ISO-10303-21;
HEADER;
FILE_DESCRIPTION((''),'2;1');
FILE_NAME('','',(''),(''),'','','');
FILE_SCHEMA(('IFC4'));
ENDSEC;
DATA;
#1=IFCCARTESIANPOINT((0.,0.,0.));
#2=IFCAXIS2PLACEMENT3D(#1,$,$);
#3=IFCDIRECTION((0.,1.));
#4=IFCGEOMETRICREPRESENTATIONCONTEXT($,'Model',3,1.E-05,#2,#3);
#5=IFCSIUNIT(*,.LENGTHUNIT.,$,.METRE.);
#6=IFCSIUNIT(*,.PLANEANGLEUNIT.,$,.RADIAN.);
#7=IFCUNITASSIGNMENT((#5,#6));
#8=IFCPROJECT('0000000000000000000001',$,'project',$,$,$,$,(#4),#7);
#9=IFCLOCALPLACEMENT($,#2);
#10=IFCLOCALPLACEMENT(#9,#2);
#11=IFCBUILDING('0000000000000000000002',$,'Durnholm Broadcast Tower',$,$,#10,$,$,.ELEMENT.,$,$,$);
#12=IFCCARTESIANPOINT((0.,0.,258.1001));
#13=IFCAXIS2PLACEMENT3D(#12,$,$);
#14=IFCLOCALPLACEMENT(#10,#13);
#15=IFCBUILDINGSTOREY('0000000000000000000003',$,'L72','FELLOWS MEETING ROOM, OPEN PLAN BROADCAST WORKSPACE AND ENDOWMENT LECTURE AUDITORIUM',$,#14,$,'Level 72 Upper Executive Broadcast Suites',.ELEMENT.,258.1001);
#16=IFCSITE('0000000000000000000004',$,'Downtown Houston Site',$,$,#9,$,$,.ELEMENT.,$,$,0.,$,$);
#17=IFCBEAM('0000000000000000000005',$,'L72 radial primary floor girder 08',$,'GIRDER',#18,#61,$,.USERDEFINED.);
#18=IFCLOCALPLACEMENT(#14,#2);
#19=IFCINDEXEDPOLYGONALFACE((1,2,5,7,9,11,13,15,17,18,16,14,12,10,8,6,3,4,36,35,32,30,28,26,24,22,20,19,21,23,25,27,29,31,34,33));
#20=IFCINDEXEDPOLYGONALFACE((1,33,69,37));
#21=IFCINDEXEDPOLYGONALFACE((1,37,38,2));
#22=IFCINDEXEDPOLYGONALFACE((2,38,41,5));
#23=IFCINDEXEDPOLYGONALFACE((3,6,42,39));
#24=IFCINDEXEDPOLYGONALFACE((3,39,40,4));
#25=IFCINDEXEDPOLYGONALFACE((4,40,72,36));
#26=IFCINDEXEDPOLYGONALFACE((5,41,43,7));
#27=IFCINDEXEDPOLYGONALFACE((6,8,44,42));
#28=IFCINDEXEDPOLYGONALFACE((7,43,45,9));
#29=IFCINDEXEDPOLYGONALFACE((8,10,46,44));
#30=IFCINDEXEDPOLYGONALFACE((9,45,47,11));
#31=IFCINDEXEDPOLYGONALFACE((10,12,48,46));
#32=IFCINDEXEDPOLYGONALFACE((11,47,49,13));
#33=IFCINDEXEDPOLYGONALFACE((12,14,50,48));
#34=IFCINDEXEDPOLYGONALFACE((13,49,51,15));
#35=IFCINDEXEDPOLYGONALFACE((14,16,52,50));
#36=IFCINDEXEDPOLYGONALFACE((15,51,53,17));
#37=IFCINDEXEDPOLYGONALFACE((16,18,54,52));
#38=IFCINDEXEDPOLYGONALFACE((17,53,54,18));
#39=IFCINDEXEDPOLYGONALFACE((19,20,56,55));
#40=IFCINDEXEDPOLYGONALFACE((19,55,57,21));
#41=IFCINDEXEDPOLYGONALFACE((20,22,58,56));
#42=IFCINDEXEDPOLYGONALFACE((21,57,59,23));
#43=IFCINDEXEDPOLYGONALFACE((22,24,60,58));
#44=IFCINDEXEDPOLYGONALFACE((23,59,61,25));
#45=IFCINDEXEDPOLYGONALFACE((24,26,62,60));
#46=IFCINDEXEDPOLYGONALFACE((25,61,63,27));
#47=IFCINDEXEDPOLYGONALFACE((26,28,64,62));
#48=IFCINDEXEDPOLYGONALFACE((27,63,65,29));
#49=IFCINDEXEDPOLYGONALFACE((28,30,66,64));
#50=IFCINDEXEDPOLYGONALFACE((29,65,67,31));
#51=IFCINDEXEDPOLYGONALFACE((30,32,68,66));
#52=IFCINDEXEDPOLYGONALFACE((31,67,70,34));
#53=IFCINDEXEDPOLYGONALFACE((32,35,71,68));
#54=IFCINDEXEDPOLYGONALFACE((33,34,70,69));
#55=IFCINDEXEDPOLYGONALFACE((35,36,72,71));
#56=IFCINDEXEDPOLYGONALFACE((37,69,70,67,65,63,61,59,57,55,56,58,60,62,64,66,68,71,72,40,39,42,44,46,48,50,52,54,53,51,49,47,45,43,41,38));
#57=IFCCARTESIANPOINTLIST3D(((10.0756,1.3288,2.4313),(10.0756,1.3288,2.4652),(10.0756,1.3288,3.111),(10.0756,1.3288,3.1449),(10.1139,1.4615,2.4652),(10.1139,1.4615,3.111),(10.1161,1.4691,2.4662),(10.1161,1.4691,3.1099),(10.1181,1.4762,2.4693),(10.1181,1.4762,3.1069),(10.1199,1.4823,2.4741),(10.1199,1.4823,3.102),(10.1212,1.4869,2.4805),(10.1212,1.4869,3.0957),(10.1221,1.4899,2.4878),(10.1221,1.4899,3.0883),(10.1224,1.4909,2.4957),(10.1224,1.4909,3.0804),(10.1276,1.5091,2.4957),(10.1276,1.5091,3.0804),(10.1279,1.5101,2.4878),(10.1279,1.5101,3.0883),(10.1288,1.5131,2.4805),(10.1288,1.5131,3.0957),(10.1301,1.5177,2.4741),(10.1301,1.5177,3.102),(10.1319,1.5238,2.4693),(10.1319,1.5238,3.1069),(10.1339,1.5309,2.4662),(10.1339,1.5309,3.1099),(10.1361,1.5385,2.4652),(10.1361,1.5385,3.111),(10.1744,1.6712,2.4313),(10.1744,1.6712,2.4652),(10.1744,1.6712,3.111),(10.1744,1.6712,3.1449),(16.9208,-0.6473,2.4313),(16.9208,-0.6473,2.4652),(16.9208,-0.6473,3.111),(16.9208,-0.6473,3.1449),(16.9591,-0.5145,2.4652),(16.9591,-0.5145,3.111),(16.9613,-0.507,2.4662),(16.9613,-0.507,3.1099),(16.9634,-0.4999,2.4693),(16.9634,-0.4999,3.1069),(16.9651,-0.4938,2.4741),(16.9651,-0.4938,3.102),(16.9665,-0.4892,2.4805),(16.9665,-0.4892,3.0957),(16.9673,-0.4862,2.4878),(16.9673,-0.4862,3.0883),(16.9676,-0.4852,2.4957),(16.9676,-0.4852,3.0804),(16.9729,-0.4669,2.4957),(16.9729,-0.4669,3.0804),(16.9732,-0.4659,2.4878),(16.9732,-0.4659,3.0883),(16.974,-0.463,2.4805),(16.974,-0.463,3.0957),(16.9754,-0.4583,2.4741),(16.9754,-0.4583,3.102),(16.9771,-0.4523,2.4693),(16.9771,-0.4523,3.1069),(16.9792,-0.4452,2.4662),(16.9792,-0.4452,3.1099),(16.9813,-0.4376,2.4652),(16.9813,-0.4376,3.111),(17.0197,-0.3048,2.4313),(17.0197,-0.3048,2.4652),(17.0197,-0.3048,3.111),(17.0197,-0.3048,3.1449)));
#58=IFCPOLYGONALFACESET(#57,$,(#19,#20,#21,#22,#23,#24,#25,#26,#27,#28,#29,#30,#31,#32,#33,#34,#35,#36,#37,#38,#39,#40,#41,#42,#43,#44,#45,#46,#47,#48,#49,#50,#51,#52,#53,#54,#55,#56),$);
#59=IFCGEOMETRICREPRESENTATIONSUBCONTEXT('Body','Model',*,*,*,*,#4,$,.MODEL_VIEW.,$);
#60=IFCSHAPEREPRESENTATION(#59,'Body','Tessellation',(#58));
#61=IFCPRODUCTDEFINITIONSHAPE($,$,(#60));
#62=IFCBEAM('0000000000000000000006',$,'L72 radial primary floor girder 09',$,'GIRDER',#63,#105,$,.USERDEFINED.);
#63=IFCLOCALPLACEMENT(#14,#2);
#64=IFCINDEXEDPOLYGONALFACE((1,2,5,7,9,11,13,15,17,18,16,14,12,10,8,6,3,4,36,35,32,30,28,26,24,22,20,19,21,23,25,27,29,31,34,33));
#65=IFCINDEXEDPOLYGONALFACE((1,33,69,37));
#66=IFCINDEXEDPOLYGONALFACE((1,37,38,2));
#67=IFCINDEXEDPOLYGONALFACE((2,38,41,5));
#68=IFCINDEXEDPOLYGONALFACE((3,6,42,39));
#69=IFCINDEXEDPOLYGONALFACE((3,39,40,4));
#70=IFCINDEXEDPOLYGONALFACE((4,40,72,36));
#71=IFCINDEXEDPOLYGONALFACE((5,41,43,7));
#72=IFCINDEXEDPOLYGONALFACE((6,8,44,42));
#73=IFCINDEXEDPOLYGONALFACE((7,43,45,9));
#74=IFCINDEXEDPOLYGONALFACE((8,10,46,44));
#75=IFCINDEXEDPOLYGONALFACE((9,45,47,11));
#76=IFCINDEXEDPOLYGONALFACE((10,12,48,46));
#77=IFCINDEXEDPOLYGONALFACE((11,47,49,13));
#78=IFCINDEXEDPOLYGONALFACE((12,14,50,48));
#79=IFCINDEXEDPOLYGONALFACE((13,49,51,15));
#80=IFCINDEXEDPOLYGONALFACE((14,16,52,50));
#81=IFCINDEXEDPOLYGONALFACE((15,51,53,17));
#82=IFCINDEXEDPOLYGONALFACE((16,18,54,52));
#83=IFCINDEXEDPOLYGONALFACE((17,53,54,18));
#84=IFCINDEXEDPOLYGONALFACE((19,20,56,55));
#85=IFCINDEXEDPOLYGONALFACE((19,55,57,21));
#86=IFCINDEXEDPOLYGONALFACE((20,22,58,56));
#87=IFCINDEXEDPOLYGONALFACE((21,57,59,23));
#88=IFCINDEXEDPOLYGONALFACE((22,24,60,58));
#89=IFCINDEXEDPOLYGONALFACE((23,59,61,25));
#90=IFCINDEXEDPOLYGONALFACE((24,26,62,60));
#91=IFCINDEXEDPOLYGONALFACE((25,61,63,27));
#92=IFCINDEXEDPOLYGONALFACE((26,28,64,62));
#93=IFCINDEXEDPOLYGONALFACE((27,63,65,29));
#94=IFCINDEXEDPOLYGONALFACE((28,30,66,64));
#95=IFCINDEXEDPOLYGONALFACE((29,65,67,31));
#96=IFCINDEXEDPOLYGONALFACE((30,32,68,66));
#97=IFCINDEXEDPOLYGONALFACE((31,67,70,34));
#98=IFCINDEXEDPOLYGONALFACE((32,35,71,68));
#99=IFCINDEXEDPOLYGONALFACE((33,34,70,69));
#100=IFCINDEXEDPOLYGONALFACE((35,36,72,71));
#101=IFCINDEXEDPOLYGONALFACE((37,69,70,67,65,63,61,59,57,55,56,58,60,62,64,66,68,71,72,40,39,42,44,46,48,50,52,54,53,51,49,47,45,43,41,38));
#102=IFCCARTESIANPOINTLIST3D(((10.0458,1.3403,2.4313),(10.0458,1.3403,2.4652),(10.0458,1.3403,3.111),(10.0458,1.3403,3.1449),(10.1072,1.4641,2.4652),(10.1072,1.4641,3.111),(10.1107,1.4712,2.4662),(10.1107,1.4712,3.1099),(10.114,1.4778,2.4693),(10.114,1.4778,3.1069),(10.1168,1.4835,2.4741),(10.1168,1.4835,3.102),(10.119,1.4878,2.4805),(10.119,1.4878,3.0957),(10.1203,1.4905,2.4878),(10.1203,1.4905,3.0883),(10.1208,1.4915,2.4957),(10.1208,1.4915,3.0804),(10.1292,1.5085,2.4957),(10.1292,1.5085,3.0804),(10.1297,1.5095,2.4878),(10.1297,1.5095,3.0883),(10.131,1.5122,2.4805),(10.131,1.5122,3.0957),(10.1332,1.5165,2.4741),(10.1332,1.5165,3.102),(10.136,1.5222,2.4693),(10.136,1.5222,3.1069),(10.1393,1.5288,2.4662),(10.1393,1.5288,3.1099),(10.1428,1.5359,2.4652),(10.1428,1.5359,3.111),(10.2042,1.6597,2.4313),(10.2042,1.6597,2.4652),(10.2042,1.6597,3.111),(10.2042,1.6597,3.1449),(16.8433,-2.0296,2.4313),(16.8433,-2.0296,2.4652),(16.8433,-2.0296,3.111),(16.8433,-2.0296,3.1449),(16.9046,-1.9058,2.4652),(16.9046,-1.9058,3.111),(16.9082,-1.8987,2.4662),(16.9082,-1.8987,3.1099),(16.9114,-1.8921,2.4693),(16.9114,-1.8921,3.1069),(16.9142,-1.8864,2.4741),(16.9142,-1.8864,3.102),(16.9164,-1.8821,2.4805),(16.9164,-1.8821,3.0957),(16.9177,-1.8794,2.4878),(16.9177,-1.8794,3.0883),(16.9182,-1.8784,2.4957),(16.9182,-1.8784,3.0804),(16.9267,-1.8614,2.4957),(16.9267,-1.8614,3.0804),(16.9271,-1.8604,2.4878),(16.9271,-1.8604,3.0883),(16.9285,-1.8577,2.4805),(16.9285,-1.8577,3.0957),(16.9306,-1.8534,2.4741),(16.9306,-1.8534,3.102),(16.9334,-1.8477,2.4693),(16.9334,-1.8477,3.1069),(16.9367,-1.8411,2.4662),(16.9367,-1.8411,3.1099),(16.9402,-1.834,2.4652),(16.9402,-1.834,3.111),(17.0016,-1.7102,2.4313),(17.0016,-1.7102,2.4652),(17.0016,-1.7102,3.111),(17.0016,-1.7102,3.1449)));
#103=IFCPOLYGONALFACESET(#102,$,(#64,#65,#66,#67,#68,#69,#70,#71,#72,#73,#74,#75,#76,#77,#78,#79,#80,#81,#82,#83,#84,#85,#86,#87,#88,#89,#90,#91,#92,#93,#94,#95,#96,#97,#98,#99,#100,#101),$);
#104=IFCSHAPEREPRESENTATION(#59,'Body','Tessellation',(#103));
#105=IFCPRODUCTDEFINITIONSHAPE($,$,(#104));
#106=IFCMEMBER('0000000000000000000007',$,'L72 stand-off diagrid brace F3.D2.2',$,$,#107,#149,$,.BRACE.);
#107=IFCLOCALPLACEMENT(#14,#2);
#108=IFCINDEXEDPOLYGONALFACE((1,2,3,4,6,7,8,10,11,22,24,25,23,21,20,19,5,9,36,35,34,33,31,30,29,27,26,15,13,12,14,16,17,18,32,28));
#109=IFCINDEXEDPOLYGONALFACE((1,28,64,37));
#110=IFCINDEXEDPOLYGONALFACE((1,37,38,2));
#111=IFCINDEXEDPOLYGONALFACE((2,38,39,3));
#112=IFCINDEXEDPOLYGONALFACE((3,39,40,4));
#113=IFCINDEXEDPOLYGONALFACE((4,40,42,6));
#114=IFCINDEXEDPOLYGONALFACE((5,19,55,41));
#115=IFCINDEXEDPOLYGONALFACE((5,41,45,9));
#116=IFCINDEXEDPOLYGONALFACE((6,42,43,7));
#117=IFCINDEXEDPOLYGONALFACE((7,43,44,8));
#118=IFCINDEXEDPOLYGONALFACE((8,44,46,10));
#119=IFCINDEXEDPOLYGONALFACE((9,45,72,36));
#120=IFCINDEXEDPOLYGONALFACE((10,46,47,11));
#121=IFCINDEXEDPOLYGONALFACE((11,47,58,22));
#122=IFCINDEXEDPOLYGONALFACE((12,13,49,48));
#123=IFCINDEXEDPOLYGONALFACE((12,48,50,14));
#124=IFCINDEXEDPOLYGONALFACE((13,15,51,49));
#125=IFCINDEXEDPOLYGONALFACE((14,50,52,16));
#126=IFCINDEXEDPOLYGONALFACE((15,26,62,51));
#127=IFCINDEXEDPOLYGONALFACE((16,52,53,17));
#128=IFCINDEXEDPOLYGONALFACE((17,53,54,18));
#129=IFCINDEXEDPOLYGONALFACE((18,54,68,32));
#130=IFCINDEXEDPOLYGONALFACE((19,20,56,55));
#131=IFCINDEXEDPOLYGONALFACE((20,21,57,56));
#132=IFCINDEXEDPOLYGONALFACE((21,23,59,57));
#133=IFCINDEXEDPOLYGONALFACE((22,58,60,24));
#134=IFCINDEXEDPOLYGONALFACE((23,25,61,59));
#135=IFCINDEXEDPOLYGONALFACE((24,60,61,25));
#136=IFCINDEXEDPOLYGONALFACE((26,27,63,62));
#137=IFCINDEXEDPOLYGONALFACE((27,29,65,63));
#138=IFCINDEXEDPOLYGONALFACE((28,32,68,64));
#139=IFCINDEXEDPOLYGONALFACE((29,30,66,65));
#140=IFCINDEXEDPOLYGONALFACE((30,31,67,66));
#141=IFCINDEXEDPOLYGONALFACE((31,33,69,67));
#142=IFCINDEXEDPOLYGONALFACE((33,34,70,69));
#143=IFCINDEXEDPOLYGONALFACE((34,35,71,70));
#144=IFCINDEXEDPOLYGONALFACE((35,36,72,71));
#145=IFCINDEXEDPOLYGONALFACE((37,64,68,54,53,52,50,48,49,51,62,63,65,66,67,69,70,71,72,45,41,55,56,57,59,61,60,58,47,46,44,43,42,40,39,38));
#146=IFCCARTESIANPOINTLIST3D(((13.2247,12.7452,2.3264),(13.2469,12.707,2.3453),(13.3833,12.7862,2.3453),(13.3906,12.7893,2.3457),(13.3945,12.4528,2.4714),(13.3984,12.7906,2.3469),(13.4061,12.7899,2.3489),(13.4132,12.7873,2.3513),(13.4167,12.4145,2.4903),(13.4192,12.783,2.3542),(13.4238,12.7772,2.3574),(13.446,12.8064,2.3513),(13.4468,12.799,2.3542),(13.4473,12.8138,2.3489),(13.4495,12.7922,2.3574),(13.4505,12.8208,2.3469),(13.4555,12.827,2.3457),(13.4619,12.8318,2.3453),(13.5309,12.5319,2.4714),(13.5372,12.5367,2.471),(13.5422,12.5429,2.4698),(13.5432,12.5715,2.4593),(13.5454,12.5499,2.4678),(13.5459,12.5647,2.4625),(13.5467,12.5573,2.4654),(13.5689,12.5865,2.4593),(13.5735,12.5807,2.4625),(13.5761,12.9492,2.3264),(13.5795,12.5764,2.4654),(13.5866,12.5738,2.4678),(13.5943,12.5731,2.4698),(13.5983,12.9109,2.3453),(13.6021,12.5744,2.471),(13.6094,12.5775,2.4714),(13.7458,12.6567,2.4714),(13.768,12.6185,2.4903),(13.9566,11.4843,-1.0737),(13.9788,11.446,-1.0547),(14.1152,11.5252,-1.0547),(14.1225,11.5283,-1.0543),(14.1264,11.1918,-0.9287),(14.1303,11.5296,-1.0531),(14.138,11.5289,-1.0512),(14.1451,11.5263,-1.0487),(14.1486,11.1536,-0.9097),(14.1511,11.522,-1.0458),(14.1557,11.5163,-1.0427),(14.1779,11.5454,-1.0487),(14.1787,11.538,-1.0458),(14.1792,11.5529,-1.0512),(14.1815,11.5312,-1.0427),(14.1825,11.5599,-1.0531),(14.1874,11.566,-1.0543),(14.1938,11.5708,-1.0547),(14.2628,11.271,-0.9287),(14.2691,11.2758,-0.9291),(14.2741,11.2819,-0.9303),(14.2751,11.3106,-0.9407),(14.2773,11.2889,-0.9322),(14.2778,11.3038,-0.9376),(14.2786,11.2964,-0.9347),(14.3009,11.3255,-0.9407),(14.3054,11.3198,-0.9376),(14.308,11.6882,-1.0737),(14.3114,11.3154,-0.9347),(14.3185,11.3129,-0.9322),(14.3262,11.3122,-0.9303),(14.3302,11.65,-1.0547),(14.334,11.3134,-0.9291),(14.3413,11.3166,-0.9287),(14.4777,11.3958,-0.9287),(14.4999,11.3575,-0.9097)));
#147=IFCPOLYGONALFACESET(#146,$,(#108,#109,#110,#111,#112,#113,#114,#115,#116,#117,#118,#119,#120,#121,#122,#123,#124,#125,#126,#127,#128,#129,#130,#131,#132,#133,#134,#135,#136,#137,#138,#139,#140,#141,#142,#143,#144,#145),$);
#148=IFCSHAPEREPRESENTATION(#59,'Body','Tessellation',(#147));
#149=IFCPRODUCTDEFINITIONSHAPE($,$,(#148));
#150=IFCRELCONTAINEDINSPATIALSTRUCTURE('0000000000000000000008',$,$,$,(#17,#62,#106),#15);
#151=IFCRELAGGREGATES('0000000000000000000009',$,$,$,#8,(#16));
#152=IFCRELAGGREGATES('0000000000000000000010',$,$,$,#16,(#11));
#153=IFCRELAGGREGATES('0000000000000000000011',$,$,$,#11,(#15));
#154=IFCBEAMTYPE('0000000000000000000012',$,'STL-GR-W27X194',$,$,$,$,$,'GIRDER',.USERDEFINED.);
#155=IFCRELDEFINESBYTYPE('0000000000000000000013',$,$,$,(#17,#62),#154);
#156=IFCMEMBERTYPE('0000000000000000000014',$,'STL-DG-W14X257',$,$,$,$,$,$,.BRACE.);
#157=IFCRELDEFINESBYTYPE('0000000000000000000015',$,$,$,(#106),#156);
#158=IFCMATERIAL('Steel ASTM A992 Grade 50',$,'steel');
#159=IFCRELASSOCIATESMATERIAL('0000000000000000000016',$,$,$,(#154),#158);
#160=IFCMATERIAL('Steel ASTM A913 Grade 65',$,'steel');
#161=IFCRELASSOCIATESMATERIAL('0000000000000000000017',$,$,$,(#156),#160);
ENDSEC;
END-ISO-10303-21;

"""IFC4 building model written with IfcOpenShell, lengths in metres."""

from ifc_helpers import new_model, si_unit, direction, frame, origin, origin_2d, place, context, subcontext, project, spatial, i_section, extrude, source, transform, mapped, material, material_profile, profile_set, type_object, type_shapes, element, save


model = new_model("IFC4")

# Units and contexts
model_context = context("Model", 3, precision=1e-05, world=origin(), true_north=direction((0.0, 1.0)))
body_context = subcontext(model_context, "Body", "Model", "MODEL_VIEW")
ifc_project = project(units=[si_unit("LENGTHUNIT", "METRE"), si_unit("PLANEANGLEUNIT", "RADIAN")], contexts=[model_context])

# Site, building, storey
site_placement = place(None, origin())
site = spatial("IfcSite", under=ifc_project, at=site_placement, Name="Downtown Houston Site", CompositionType="ELEMENT", RefElevation=0.0)
building_placement = place(site_placement, origin())
building = spatial("IfcBuilding", under=site, at=building_placement, Name="Durnholm Broadcast Tower", CompositionType="ELEMENT")
storey_placement = place(building_placement, frame((0.0, 0.0, 258.1001)))
storey = spatial("IfcBuildingStorey", under=building, at=storey_placement, Name="L72", Description="FELLOWS MEETING ROOM, OPEN PLAN BROADCAST WORKSPACE AND ENDOWMENT LECTURE AUDITORIUM", LongName="Level 72 Upper Executive Broadcast Suites", CompositionType="ELEMENT", Elevation=258.1001)

# Beams
ifc_material_1 = material(Name="Steel ASTM A992 Grade 50", Category="steel")
ifc_material_profile_1 = material_profile(ifc_material_1, i_section(OverallWidth=0.3564, OverallDepth=0.7136, WebThickness=0.019, FlangeThickness=0.0339, FilletRadius=0.0305, at=origin_2d()), Name="W27X194")
ifc_profile_set_1 = profile_set([ifc_material_profile_1], Name="Steel ASTM A992 Grade 50")
beam_type_1 = type_object("IfcBeamType", Name="STL-GR-W27X194", ElementType="GIRDER", PredefinedType="USERDEFINED", material=ifc_profile_set_1)
shared_shape_1 = source(origin(), body_context, "Body", "SweptSolid", [
    extrude(i_section(OverallWidth=0.3564, OverallDepth=0.7136, WebThickness=0.019, FlangeThickness=0.0339, FilletRadius=0.0305, at=origin_2d()), origin(), (0.0, 0.0, 1.0), 7.1248),
])
beam_1_placement = place(storey_placement, frame((10.125, 1.5, 2.7881), z_axis=(0.960768, -0.277354, 0.0), x_axis=(0.277354, 0.960768, 0.0)))
element("IfcBeam", 1, at=beam_1_placement, inside=storey, type_object=beam_type_1, Name="L72 radial primary floor girder 08", ObjectType="GIRDER", PredefinedType="USERDEFINED", context=body_context, shape_type="MappedRepresentation", body=[
    mapped(shared_shape_1, transform((0.0, 0.0, 0.0), x_axis=(1.0, 0.0, 0.0), y_axis=(0.0, 1.0, 0.0), z_axis=(0.0, 0.0, 1.0), scale=1.0)),
])
shared_shape_2 = source(origin(), body_context, "Body", "SweptSolid", [
    extrude(i_section(OverallWidth=0.3564, OverallDepth=0.7136, WebThickness=0.019, FlangeThickness=0.0339, FilletRadius=0.0305, at=origin_2d()), origin(), (0.0, 0.0, 1.0), 7.5869),
])
type_shapes(beam_type_1, [shared_shape_1, shared_shape_2])
beam_2_placement = place(storey_placement, frame((10.125, 1.5, 2.7881), z_axis=(0.895941, -0.444173, 0.0), x_axis=(0.444173, 0.895941, 0.0)))
element("IfcBeam", 2, at=beam_2_placement, inside=storey, type_object=beam_type_1, Name="L72 radial primary floor girder 09", ObjectType="GIRDER", PredefinedType="USERDEFINED", context=body_context, shape_type="MappedRepresentation", body=[
    mapped(shared_shape_2, transform((0.0, 0.0, 0.0), x_axis=(1.0, 0.0, 0.0), y_axis=(0.0, 1.0, 0.0), z_axis=(0.0, 0.0, 1.0), scale=1.0)),
])

# Member
ifc_material_2 = material(Name="Steel ASTM A913 Grade 65", Category="steel")
ifc_material_profile_2 = material_profile(ifc_material_2, i_section(OverallWidth=0.4062, OverallDepth=0.416, WebThickness=0.0298, FlangeThickness=0.0481, FilletRadius=0.0305, at=origin_2d()), Name="W14X257")
ifc_profile_set_2 = profile_set([ifc_material_profile_2], Name="Steel ASTM A913 Grade 65")
member_type_1 = type_object("IfcMemberType", Name="STL-DG-W14X257", PredefinedType="BRACE", material=ifc_profile_set_2)
shared_shape_3 = source(origin(), body_context, "Body", "SweptSolid", [
    extrude(i_section(OverallWidth=0.4062, OverallDepth=0.416, WebThickness=0.0298, FlangeThickness=0.0481, FilletRadius=0.0305, at=origin_2d()), origin(), (0.0, 0.0, 1.0), 3.6995),
])
member_1_placement = place(storey_placement, frame((14.2283, 11.4209, -0.9917), z_axis=(-0.197843, 0.340847, 0.919066), x_axis=(-0.864864, -0.502006, 0.0)))
element("IfcMember", 3, at=member_1_placement, inside=storey, type_object=member_type_1, Name="L72 stand-off diagrid brace F3.D2.2", PredefinedType="BRACE", context=body_context, shape_type="MappedRepresentation", body=[
    mapped(shared_shape_3, transform((0.0, 0.0, 0.0), x_axis=(1.0, 0.0, 0.0), y_axis=(0.0, 1.0, 0.0), z_axis=(0.0, 0.0, 1.0), scale=1.0)),
])

save(model, "model.ifc")
